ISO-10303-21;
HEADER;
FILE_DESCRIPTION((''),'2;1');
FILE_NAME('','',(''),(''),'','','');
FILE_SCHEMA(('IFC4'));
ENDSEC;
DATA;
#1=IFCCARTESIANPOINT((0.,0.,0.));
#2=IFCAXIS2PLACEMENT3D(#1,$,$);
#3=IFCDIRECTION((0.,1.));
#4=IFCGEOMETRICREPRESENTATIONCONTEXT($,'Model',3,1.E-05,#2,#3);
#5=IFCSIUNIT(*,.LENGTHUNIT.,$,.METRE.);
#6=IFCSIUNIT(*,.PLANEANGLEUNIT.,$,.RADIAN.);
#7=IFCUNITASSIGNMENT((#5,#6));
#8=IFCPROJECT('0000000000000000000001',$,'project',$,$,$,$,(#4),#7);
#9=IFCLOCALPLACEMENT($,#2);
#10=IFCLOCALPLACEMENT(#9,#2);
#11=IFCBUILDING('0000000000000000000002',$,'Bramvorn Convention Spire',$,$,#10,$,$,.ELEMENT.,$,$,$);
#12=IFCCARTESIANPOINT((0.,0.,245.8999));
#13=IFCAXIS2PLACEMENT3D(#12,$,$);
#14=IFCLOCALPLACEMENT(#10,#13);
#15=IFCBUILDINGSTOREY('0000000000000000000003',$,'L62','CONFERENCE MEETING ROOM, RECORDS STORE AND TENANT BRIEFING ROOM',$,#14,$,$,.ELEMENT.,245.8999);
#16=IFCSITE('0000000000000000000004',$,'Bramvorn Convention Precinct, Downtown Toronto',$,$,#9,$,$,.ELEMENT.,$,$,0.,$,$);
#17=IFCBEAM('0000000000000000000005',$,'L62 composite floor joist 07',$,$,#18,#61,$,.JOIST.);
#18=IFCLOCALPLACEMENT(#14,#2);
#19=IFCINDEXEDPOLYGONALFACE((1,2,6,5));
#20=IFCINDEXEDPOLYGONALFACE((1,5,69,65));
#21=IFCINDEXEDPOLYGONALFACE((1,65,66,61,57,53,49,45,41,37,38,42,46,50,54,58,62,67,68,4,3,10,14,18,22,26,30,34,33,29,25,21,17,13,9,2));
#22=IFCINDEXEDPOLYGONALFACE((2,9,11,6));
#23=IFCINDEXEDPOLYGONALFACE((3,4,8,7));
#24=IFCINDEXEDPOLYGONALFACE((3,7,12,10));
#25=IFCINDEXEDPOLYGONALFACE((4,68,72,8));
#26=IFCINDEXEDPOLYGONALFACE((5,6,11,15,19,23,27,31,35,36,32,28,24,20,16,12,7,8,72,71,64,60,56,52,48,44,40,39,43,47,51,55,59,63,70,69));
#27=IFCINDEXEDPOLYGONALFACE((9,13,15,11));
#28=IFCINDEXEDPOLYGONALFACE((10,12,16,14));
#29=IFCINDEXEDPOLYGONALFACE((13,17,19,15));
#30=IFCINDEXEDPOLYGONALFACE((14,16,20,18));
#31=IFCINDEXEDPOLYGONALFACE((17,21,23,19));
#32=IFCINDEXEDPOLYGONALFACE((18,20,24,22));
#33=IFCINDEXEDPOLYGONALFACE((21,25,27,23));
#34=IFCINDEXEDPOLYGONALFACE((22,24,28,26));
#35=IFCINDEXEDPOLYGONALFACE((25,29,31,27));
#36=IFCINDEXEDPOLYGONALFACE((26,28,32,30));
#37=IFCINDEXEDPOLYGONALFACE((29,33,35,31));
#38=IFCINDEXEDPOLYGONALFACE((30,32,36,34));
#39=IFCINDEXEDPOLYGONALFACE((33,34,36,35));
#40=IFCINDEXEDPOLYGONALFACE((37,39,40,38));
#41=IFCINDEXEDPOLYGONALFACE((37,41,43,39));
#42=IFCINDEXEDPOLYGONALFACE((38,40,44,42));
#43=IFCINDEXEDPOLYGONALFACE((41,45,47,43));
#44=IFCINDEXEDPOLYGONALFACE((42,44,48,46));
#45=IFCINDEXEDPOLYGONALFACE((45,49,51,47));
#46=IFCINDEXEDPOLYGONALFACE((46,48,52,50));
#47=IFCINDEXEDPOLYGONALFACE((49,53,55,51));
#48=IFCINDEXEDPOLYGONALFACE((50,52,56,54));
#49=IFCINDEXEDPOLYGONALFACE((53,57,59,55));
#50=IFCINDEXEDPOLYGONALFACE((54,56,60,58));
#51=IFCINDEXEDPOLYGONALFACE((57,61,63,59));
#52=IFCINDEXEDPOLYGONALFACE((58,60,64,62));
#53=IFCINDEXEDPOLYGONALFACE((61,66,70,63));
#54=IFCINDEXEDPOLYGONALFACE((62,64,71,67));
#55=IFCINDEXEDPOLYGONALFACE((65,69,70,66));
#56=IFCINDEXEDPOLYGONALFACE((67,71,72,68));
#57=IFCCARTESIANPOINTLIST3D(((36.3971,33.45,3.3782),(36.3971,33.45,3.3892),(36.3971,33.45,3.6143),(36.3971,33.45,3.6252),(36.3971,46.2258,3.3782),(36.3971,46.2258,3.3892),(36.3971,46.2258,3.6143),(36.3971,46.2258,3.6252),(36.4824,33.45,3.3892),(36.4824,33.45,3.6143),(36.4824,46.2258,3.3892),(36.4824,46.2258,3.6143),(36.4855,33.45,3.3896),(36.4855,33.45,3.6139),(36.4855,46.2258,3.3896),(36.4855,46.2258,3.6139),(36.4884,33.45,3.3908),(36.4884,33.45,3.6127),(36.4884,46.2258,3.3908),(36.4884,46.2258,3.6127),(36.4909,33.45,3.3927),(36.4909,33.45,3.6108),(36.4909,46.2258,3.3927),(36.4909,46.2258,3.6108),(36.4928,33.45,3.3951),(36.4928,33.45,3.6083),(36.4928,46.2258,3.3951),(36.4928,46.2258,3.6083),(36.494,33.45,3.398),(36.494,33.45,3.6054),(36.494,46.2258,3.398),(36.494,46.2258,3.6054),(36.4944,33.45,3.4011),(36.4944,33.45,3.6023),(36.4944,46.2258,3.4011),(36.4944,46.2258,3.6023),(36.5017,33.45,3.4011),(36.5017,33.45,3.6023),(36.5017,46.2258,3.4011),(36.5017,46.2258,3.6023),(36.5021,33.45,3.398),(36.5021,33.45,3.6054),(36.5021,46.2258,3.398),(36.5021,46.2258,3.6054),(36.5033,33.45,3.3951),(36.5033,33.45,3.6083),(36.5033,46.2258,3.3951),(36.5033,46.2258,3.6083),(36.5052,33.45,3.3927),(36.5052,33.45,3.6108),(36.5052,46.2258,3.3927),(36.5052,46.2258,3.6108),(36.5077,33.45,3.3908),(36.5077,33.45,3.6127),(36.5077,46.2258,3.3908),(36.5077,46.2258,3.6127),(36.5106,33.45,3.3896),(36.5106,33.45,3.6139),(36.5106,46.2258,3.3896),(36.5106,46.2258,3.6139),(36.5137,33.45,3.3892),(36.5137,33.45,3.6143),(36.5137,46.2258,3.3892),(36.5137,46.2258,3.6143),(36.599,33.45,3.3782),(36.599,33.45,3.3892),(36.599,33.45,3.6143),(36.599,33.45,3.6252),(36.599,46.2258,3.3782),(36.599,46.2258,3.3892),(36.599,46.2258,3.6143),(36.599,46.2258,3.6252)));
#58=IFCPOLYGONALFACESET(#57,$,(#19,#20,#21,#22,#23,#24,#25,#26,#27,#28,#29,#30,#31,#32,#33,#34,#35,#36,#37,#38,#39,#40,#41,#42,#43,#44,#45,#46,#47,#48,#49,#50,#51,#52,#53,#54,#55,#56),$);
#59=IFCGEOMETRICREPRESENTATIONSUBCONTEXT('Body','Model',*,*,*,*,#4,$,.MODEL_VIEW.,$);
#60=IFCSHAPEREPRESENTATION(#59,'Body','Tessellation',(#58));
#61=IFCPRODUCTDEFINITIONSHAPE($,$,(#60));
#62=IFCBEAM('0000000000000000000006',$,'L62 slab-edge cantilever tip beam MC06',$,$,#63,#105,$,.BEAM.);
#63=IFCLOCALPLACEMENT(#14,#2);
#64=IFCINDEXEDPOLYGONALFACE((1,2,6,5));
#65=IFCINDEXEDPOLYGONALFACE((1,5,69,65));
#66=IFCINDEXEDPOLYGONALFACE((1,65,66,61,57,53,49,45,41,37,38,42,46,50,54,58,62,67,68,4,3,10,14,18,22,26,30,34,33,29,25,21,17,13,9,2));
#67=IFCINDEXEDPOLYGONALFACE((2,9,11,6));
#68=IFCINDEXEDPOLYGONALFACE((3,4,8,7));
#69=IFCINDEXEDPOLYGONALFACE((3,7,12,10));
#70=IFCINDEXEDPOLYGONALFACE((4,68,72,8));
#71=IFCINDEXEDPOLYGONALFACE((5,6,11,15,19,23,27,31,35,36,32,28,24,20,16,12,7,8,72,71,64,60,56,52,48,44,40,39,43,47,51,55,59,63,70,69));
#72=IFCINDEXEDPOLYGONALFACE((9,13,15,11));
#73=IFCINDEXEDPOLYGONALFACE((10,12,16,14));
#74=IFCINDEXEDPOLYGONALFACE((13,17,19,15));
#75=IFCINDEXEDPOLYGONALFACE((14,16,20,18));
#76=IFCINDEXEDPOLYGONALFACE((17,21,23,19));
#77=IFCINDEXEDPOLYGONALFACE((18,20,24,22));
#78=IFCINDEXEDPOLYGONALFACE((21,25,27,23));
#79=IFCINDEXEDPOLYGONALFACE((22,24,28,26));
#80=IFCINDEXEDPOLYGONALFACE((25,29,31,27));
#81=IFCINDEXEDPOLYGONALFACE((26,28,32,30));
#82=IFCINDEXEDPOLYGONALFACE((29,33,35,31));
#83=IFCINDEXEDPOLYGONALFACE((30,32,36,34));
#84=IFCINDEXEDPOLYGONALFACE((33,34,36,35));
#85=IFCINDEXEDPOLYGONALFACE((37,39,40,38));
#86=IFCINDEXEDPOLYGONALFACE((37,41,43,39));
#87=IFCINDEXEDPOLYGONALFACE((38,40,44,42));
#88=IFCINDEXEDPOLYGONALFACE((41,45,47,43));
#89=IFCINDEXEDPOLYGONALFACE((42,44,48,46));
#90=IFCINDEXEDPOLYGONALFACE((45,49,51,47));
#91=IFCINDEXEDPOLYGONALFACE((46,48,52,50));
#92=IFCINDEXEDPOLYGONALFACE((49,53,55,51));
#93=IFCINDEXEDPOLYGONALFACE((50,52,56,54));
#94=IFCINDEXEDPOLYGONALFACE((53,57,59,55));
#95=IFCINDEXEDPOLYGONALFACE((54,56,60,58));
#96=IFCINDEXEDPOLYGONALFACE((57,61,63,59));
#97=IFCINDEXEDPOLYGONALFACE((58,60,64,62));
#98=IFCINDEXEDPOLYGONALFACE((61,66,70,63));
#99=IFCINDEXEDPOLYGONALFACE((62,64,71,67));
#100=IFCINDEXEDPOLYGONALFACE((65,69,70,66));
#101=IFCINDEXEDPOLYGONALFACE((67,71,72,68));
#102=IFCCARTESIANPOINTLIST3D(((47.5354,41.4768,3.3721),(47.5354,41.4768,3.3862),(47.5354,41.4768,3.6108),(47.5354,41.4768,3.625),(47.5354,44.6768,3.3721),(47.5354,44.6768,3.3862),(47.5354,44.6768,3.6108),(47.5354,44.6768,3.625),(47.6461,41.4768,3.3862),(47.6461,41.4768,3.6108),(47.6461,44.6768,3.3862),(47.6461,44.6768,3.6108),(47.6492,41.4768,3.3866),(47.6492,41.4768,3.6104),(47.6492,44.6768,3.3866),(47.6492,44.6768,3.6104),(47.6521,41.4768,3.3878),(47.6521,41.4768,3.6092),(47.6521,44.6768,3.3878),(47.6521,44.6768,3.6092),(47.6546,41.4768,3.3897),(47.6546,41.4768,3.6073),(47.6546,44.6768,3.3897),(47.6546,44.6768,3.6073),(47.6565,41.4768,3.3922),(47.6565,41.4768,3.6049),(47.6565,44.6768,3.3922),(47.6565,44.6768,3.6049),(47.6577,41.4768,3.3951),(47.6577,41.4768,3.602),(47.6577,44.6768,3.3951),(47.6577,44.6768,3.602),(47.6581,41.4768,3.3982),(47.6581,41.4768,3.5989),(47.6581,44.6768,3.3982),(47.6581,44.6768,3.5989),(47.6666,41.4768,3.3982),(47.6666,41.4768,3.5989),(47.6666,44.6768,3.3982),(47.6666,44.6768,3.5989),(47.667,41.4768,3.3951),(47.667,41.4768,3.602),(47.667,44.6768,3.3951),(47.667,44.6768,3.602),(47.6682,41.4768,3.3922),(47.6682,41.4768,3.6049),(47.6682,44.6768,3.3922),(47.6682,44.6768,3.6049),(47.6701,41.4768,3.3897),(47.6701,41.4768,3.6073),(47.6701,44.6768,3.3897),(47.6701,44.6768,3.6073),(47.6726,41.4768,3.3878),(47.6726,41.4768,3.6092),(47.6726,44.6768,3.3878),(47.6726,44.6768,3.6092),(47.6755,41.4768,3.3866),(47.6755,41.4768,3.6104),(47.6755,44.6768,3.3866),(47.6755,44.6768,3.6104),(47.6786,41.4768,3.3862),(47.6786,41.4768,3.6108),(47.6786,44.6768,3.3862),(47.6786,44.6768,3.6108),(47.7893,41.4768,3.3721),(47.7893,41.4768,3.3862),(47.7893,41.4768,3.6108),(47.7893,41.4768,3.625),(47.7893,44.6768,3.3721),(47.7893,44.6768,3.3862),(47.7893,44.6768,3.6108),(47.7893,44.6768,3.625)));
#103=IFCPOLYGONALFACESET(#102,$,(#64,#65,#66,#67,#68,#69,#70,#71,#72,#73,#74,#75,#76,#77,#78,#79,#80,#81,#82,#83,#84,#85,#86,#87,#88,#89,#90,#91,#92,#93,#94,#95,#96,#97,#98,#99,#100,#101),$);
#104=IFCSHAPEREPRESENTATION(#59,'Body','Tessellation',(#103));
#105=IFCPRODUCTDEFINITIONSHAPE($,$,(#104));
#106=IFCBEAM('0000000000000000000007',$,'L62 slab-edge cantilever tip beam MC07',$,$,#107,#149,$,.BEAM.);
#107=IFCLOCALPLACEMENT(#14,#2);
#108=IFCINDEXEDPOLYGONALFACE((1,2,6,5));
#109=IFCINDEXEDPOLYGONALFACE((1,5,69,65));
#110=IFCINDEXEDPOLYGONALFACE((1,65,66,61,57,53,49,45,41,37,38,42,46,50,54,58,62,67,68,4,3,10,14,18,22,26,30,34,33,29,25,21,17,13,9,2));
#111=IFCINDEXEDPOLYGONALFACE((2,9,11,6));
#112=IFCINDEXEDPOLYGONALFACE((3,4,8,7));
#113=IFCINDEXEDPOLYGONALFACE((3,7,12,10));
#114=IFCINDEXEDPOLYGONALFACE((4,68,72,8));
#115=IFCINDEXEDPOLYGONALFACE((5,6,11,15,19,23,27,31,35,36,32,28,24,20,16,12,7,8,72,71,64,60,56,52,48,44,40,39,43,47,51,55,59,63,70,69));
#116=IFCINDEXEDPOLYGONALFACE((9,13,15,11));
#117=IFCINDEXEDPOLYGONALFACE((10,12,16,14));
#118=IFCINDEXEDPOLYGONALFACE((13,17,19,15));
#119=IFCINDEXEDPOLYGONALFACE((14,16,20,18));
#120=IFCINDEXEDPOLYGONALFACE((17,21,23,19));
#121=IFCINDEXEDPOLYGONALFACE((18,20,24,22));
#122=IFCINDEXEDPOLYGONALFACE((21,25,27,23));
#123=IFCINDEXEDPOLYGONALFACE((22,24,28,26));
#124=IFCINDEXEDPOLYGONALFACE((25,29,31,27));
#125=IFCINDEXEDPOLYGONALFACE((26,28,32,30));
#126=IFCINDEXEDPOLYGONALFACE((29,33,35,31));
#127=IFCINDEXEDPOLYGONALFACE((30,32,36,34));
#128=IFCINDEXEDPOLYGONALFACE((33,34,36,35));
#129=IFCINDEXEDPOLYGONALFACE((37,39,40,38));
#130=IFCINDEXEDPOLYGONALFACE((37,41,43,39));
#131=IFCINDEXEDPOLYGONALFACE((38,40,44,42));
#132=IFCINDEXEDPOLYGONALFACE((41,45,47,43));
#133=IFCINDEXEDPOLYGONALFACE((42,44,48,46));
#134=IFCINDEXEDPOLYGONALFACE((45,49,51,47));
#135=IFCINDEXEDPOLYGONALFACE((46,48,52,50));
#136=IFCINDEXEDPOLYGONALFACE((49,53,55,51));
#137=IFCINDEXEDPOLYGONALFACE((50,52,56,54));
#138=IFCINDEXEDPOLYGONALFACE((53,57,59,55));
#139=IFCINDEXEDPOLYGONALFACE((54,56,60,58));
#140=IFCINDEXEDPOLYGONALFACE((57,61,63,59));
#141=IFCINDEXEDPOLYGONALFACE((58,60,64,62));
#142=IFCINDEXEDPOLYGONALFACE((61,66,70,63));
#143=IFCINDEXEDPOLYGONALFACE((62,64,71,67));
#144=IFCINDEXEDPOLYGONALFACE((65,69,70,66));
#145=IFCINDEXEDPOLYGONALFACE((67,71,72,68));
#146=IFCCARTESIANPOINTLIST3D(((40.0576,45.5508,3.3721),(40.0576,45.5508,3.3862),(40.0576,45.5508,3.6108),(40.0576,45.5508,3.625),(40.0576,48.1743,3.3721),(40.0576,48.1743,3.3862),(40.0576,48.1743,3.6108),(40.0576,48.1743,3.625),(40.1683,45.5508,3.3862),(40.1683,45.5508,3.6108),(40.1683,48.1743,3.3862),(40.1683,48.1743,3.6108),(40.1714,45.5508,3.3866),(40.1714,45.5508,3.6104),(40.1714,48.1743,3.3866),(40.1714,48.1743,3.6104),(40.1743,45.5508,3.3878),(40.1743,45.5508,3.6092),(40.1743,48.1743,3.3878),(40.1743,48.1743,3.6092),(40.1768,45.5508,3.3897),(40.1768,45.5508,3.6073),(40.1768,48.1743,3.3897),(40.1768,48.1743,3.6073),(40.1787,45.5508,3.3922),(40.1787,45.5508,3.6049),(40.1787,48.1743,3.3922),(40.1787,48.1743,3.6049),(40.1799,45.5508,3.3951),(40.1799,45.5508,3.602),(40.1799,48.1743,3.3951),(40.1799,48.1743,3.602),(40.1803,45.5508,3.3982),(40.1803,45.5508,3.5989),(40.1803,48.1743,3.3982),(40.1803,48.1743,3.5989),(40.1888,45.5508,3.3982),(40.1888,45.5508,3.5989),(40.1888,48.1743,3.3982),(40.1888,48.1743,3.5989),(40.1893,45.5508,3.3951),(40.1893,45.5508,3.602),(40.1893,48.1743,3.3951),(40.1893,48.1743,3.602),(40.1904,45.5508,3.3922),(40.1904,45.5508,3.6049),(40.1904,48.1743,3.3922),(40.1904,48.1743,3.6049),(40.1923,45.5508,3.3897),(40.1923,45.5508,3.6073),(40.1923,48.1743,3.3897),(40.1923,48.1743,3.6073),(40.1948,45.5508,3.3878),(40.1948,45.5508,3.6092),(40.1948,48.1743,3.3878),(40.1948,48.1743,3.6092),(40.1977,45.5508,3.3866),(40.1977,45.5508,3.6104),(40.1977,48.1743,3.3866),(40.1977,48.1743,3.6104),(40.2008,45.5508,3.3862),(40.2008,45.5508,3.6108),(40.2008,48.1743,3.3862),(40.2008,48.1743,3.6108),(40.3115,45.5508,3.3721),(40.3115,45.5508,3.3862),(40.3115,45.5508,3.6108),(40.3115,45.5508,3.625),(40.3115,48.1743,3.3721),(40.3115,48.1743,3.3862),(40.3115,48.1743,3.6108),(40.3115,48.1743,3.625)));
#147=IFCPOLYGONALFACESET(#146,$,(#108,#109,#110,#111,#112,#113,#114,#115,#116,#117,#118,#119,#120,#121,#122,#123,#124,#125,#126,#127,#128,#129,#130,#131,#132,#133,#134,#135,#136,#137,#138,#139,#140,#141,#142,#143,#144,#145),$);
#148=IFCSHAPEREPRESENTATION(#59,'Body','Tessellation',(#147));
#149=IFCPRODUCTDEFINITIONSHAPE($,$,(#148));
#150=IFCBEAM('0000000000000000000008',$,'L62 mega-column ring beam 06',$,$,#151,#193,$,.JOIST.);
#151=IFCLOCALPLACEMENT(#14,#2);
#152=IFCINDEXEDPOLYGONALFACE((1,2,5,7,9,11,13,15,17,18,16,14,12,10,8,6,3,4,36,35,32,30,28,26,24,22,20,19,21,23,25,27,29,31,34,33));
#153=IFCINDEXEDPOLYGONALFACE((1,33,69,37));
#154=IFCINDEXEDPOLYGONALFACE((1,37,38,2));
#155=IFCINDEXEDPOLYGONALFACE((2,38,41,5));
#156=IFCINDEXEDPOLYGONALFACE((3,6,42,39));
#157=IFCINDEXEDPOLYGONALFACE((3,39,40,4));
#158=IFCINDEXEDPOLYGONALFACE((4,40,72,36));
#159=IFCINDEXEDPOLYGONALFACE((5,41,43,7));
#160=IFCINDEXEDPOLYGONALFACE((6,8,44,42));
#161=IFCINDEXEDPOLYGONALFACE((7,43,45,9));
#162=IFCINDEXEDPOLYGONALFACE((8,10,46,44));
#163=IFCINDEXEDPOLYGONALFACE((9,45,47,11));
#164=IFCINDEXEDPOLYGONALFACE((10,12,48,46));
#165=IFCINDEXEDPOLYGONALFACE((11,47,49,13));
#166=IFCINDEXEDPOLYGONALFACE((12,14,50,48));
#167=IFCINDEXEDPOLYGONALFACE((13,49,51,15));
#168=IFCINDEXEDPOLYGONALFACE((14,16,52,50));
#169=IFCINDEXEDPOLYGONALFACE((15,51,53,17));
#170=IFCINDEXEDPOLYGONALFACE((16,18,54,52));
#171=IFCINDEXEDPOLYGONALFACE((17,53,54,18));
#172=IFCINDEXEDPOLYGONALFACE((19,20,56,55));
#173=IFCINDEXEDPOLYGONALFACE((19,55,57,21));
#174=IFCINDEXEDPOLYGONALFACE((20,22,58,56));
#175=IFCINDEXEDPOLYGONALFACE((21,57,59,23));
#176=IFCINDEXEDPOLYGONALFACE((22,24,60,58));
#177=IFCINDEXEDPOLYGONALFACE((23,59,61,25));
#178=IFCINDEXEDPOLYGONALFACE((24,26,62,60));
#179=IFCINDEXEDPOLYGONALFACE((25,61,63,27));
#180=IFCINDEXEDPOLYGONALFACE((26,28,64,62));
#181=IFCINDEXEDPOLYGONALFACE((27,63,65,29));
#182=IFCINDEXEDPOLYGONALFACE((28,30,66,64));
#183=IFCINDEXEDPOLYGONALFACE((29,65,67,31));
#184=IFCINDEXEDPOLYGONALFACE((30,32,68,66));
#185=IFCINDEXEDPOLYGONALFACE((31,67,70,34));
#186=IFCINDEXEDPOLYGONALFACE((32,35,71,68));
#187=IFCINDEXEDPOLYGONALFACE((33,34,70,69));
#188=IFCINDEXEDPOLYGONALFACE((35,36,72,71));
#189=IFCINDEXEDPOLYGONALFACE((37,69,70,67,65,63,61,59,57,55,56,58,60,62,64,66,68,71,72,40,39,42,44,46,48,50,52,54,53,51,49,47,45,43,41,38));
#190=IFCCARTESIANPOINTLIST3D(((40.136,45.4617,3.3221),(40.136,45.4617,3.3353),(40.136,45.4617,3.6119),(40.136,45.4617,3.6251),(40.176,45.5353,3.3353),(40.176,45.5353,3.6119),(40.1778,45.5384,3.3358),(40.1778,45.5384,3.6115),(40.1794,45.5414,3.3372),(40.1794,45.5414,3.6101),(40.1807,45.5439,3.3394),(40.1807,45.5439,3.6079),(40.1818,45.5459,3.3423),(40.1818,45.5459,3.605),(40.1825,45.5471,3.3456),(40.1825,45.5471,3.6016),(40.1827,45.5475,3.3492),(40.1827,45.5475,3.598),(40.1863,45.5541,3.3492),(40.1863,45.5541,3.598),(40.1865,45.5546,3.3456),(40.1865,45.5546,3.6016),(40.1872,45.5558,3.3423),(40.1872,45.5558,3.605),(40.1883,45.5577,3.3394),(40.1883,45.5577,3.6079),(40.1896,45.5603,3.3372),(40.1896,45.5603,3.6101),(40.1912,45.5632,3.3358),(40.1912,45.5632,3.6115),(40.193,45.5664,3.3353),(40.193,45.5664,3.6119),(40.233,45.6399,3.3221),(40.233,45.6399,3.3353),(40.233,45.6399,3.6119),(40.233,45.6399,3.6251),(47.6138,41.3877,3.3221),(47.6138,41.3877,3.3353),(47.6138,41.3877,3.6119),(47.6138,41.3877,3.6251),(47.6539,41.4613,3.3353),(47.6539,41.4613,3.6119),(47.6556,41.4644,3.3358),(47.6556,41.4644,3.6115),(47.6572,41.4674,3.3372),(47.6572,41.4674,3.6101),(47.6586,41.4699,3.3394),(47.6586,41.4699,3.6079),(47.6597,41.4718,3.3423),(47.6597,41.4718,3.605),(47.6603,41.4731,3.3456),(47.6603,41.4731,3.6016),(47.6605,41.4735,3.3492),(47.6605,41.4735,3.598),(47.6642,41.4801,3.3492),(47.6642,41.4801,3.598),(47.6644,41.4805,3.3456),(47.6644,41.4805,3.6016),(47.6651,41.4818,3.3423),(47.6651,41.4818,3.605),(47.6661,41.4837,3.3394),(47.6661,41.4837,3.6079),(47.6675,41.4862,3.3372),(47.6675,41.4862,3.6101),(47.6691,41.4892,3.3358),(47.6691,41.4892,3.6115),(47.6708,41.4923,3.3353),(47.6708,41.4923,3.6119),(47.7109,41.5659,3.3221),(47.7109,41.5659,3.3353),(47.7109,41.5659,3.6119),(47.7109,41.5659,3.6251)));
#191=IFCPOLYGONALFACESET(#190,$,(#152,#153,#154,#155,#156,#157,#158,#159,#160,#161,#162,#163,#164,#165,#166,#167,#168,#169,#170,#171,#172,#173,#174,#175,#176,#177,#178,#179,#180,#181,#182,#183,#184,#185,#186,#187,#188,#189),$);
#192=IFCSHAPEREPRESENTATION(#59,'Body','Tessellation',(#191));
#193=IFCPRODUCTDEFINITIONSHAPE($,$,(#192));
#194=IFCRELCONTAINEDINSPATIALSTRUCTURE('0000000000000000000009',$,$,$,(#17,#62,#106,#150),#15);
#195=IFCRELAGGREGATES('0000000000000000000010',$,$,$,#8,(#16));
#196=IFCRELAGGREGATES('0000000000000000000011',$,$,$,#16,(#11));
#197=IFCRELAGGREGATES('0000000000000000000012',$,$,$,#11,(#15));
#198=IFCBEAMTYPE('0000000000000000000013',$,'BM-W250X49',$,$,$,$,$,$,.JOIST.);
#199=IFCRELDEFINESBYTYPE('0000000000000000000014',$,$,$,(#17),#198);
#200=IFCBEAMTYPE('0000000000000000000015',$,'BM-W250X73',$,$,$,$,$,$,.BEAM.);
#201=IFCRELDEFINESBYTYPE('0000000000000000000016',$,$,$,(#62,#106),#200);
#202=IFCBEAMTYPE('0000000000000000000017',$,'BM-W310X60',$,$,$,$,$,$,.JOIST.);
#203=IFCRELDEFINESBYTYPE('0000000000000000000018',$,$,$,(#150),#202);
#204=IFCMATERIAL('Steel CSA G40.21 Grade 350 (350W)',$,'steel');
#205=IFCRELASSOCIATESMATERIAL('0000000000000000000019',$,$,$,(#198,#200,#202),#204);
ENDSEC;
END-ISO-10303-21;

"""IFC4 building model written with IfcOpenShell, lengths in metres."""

from ifc_helpers import new_model, si_unit, direction, frame, origin, origin_2d, place, context, subcontext, project, spatial, i_section, extrude, material, material_profile, profile_set, type_object, element, save


model = new_model("IFC4")

# Units and contexts
model_context = context("Model", 3, precision=1e-05, world=origin(), true_north=direction((0.0, 1.0)))
body_context = subcontext(model_context, "Body", "Model", "MODEL_VIEW")
ifc_project = project(units=[si_unit("LENGTHUNIT", "METRE"), si_unit("PLANEANGLEUNIT", "RADIAN")], contexts=[model_context])

# Site, building, storey
site_placement = place(None, origin())
site = spatial("IfcSite", under=ifc_project, at=site_placement, Name="Bramvorn Convention Precinct, Downtown Toronto", CompositionType="ELEMENT", RefElevation=0.0)
building_placement = place(site_placement, origin())
building = spatial("IfcBuilding", under=site, at=building_placement, Name="Bramvorn Convention Spire", CompositionType="ELEMENT")
storey_placement = place(building_placement, frame((0.0, 0.0, 245.8999)))
storey = spatial("IfcBuildingStorey", under=building, at=storey_placement, Name="L62", Description="CONFERENCE MEETING ROOM, RECORDS STORE AND TENANT BRIEFING ROOM", CompositionType="ELEMENT", Elevation=245.8999)

# Shared definitions
ifc_material_1 = material(Name="Steel CSA G40.21 Grade 350 (350W)", Category="steel")

# Beams
ifc_material_profile_1 = material_profile(ifc_material_1, i_section(OverallWidth=0.2019, OverallDepth=0.2471, WebThickness=0.0073, FlangeThickness=0.011, FilletRadius=0.012, at=origin_2d()))
ifc_profile_set_1 = profile_set([ifc_material_profile_1], Name="Steel CSA G40.21 Grade 350 (350W) - W250X49")
beam_type_1 = type_object("IfcBeamType", Name="BM-W250X49", PredefinedType="JOIST", material=ifc_profile_set_1)
beam_1_placement = place(storey_placement, frame((36.498, 33.45, 3.5017), z_axis=(0.0, 1.0, 0.0), x_axis=(-1.0, 0.0, 0.0)))
element("IfcBeam", 1, at=beam_1_placement, inside=storey, type_object=beam_type_1, Name="L62 composite floor joist 07", PredefinedType="JOIST", context=body_context, shape_type="SweptSolid", body=[
    extrude(i_section(OverallWidth=0.2019, OverallDepth=0.2471, WebThickness=0.0073, FlangeThickness=0.011, FilletRadius=0.012, at=origin_2d()), origin(), (0.0, 0.0, 1.0), 12.7759),
])
ifc_material_profile_2 = material_profile(ifc_material_1, i_section(OverallWidth=0.2539, OverallDepth=0.2529, WebThickness=0.0085, FlangeThickness=0.0142, FilletRadius=0.012, at=origin_2d()))
ifc_profile_set_2 = profile_set([ifc_material_profile_2], Name="Steel CSA G40.21 Grade 350 (350W) - W250X73")
beam_type_2 = type_object("IfcBeamType", Name="BM-W250X73", PredefinedType="BEAM", material=ifc_profile_set_2)
beam_2_placement = place(storey_placement, frame((47.6624, 41.4768, 3.4985), z_axis=(0.0, 1.0, 0.0), x_axis=(-1.0, 0.0, 0.0)))
element("IfcBeam", 2, at=beam_2_placement, inside=storey, type_object=beam_type_2, Name="L62 slab-edge cantilever tip beam MC06", PredefinedType="BEAM", context=body_context, shape_type="SweptSolid", body=[
    extrude(i_section(OverallWidth=0.2539, OverallDepth=0.2529, WebThickness=0.0085, FlangeThickness=0.0142, FilletRadius=0.012, at=origin_2d()), origin(), (0.0, 0.0, 1.0), 3.2),
])
beam_3_placement = place(storey_placement, frame((40.1846, 45.5508, 3.4985), z_axis=(0.0, 1.0, 0.0), x_axis=(-1.0, 0.0, 0.0)))
element("IfcBeam", 3, at=beam_3_placement, inside=storey, type_object=beam_type_2, Name="L62 slab-edge cantilever tip beam MC07", PredefinedType="BEAM", context=body_context, shape_type="SweptSolid", body=[
    extrude(i_section(OverallWidth=0.2539, OverallDepth=0.2529, WebThickness=0.0085, FlangeThickness=0.0142, FilletRadius=0.012, at=origin_2d()), origin(), (0.0, 0.0, 1.0), 2.6235),
])
ifc_material_profile_3 = material_profile(ifc_material_1, i_section(OverallWidth=0.2029, OverallDepth=0.303, WebThickness=0.0076, FlangeThickness=0.0132, FilletRadius=0.0139, at=origin_2d()))
ifc_profile_set_3 = profile_set([ifc_material_profile_3], Name="Steel CSA G40.21 Grade 350 (350W) - W310X60")
beam_type_3 = type_object("IfcBeamType", Name="BM-W310X60", PredefinedType="JOIST", material=ifc_profile_set_3)
beam_4_placement = place(storey_placement, frame((47.6624, 41.4768, 3.4736), z_axis=(-0.878133, 0.478416, 0.0), x_axis=(-0.478416, -0.878133, 0.0)))
element("IfcBeam", 4, at=beam_4_placement, inside=storey, type_object=beam_type_3, Name="L62 mega-column ring beam 06", PredefinedType="JOIST", context=body_context, shape_type="SweptSolid", body=[
    extrude(i_section(OverallWidth=0.2029, OverallDepth=0.303, WebThickness=0.0076, FlangeThickness=0.0132, FilletRadius=0.0139, at=origin_2d()), origin(), (0.0, 0.0, 1.0), 8.5156),
])

save(model, "model.ifc")
